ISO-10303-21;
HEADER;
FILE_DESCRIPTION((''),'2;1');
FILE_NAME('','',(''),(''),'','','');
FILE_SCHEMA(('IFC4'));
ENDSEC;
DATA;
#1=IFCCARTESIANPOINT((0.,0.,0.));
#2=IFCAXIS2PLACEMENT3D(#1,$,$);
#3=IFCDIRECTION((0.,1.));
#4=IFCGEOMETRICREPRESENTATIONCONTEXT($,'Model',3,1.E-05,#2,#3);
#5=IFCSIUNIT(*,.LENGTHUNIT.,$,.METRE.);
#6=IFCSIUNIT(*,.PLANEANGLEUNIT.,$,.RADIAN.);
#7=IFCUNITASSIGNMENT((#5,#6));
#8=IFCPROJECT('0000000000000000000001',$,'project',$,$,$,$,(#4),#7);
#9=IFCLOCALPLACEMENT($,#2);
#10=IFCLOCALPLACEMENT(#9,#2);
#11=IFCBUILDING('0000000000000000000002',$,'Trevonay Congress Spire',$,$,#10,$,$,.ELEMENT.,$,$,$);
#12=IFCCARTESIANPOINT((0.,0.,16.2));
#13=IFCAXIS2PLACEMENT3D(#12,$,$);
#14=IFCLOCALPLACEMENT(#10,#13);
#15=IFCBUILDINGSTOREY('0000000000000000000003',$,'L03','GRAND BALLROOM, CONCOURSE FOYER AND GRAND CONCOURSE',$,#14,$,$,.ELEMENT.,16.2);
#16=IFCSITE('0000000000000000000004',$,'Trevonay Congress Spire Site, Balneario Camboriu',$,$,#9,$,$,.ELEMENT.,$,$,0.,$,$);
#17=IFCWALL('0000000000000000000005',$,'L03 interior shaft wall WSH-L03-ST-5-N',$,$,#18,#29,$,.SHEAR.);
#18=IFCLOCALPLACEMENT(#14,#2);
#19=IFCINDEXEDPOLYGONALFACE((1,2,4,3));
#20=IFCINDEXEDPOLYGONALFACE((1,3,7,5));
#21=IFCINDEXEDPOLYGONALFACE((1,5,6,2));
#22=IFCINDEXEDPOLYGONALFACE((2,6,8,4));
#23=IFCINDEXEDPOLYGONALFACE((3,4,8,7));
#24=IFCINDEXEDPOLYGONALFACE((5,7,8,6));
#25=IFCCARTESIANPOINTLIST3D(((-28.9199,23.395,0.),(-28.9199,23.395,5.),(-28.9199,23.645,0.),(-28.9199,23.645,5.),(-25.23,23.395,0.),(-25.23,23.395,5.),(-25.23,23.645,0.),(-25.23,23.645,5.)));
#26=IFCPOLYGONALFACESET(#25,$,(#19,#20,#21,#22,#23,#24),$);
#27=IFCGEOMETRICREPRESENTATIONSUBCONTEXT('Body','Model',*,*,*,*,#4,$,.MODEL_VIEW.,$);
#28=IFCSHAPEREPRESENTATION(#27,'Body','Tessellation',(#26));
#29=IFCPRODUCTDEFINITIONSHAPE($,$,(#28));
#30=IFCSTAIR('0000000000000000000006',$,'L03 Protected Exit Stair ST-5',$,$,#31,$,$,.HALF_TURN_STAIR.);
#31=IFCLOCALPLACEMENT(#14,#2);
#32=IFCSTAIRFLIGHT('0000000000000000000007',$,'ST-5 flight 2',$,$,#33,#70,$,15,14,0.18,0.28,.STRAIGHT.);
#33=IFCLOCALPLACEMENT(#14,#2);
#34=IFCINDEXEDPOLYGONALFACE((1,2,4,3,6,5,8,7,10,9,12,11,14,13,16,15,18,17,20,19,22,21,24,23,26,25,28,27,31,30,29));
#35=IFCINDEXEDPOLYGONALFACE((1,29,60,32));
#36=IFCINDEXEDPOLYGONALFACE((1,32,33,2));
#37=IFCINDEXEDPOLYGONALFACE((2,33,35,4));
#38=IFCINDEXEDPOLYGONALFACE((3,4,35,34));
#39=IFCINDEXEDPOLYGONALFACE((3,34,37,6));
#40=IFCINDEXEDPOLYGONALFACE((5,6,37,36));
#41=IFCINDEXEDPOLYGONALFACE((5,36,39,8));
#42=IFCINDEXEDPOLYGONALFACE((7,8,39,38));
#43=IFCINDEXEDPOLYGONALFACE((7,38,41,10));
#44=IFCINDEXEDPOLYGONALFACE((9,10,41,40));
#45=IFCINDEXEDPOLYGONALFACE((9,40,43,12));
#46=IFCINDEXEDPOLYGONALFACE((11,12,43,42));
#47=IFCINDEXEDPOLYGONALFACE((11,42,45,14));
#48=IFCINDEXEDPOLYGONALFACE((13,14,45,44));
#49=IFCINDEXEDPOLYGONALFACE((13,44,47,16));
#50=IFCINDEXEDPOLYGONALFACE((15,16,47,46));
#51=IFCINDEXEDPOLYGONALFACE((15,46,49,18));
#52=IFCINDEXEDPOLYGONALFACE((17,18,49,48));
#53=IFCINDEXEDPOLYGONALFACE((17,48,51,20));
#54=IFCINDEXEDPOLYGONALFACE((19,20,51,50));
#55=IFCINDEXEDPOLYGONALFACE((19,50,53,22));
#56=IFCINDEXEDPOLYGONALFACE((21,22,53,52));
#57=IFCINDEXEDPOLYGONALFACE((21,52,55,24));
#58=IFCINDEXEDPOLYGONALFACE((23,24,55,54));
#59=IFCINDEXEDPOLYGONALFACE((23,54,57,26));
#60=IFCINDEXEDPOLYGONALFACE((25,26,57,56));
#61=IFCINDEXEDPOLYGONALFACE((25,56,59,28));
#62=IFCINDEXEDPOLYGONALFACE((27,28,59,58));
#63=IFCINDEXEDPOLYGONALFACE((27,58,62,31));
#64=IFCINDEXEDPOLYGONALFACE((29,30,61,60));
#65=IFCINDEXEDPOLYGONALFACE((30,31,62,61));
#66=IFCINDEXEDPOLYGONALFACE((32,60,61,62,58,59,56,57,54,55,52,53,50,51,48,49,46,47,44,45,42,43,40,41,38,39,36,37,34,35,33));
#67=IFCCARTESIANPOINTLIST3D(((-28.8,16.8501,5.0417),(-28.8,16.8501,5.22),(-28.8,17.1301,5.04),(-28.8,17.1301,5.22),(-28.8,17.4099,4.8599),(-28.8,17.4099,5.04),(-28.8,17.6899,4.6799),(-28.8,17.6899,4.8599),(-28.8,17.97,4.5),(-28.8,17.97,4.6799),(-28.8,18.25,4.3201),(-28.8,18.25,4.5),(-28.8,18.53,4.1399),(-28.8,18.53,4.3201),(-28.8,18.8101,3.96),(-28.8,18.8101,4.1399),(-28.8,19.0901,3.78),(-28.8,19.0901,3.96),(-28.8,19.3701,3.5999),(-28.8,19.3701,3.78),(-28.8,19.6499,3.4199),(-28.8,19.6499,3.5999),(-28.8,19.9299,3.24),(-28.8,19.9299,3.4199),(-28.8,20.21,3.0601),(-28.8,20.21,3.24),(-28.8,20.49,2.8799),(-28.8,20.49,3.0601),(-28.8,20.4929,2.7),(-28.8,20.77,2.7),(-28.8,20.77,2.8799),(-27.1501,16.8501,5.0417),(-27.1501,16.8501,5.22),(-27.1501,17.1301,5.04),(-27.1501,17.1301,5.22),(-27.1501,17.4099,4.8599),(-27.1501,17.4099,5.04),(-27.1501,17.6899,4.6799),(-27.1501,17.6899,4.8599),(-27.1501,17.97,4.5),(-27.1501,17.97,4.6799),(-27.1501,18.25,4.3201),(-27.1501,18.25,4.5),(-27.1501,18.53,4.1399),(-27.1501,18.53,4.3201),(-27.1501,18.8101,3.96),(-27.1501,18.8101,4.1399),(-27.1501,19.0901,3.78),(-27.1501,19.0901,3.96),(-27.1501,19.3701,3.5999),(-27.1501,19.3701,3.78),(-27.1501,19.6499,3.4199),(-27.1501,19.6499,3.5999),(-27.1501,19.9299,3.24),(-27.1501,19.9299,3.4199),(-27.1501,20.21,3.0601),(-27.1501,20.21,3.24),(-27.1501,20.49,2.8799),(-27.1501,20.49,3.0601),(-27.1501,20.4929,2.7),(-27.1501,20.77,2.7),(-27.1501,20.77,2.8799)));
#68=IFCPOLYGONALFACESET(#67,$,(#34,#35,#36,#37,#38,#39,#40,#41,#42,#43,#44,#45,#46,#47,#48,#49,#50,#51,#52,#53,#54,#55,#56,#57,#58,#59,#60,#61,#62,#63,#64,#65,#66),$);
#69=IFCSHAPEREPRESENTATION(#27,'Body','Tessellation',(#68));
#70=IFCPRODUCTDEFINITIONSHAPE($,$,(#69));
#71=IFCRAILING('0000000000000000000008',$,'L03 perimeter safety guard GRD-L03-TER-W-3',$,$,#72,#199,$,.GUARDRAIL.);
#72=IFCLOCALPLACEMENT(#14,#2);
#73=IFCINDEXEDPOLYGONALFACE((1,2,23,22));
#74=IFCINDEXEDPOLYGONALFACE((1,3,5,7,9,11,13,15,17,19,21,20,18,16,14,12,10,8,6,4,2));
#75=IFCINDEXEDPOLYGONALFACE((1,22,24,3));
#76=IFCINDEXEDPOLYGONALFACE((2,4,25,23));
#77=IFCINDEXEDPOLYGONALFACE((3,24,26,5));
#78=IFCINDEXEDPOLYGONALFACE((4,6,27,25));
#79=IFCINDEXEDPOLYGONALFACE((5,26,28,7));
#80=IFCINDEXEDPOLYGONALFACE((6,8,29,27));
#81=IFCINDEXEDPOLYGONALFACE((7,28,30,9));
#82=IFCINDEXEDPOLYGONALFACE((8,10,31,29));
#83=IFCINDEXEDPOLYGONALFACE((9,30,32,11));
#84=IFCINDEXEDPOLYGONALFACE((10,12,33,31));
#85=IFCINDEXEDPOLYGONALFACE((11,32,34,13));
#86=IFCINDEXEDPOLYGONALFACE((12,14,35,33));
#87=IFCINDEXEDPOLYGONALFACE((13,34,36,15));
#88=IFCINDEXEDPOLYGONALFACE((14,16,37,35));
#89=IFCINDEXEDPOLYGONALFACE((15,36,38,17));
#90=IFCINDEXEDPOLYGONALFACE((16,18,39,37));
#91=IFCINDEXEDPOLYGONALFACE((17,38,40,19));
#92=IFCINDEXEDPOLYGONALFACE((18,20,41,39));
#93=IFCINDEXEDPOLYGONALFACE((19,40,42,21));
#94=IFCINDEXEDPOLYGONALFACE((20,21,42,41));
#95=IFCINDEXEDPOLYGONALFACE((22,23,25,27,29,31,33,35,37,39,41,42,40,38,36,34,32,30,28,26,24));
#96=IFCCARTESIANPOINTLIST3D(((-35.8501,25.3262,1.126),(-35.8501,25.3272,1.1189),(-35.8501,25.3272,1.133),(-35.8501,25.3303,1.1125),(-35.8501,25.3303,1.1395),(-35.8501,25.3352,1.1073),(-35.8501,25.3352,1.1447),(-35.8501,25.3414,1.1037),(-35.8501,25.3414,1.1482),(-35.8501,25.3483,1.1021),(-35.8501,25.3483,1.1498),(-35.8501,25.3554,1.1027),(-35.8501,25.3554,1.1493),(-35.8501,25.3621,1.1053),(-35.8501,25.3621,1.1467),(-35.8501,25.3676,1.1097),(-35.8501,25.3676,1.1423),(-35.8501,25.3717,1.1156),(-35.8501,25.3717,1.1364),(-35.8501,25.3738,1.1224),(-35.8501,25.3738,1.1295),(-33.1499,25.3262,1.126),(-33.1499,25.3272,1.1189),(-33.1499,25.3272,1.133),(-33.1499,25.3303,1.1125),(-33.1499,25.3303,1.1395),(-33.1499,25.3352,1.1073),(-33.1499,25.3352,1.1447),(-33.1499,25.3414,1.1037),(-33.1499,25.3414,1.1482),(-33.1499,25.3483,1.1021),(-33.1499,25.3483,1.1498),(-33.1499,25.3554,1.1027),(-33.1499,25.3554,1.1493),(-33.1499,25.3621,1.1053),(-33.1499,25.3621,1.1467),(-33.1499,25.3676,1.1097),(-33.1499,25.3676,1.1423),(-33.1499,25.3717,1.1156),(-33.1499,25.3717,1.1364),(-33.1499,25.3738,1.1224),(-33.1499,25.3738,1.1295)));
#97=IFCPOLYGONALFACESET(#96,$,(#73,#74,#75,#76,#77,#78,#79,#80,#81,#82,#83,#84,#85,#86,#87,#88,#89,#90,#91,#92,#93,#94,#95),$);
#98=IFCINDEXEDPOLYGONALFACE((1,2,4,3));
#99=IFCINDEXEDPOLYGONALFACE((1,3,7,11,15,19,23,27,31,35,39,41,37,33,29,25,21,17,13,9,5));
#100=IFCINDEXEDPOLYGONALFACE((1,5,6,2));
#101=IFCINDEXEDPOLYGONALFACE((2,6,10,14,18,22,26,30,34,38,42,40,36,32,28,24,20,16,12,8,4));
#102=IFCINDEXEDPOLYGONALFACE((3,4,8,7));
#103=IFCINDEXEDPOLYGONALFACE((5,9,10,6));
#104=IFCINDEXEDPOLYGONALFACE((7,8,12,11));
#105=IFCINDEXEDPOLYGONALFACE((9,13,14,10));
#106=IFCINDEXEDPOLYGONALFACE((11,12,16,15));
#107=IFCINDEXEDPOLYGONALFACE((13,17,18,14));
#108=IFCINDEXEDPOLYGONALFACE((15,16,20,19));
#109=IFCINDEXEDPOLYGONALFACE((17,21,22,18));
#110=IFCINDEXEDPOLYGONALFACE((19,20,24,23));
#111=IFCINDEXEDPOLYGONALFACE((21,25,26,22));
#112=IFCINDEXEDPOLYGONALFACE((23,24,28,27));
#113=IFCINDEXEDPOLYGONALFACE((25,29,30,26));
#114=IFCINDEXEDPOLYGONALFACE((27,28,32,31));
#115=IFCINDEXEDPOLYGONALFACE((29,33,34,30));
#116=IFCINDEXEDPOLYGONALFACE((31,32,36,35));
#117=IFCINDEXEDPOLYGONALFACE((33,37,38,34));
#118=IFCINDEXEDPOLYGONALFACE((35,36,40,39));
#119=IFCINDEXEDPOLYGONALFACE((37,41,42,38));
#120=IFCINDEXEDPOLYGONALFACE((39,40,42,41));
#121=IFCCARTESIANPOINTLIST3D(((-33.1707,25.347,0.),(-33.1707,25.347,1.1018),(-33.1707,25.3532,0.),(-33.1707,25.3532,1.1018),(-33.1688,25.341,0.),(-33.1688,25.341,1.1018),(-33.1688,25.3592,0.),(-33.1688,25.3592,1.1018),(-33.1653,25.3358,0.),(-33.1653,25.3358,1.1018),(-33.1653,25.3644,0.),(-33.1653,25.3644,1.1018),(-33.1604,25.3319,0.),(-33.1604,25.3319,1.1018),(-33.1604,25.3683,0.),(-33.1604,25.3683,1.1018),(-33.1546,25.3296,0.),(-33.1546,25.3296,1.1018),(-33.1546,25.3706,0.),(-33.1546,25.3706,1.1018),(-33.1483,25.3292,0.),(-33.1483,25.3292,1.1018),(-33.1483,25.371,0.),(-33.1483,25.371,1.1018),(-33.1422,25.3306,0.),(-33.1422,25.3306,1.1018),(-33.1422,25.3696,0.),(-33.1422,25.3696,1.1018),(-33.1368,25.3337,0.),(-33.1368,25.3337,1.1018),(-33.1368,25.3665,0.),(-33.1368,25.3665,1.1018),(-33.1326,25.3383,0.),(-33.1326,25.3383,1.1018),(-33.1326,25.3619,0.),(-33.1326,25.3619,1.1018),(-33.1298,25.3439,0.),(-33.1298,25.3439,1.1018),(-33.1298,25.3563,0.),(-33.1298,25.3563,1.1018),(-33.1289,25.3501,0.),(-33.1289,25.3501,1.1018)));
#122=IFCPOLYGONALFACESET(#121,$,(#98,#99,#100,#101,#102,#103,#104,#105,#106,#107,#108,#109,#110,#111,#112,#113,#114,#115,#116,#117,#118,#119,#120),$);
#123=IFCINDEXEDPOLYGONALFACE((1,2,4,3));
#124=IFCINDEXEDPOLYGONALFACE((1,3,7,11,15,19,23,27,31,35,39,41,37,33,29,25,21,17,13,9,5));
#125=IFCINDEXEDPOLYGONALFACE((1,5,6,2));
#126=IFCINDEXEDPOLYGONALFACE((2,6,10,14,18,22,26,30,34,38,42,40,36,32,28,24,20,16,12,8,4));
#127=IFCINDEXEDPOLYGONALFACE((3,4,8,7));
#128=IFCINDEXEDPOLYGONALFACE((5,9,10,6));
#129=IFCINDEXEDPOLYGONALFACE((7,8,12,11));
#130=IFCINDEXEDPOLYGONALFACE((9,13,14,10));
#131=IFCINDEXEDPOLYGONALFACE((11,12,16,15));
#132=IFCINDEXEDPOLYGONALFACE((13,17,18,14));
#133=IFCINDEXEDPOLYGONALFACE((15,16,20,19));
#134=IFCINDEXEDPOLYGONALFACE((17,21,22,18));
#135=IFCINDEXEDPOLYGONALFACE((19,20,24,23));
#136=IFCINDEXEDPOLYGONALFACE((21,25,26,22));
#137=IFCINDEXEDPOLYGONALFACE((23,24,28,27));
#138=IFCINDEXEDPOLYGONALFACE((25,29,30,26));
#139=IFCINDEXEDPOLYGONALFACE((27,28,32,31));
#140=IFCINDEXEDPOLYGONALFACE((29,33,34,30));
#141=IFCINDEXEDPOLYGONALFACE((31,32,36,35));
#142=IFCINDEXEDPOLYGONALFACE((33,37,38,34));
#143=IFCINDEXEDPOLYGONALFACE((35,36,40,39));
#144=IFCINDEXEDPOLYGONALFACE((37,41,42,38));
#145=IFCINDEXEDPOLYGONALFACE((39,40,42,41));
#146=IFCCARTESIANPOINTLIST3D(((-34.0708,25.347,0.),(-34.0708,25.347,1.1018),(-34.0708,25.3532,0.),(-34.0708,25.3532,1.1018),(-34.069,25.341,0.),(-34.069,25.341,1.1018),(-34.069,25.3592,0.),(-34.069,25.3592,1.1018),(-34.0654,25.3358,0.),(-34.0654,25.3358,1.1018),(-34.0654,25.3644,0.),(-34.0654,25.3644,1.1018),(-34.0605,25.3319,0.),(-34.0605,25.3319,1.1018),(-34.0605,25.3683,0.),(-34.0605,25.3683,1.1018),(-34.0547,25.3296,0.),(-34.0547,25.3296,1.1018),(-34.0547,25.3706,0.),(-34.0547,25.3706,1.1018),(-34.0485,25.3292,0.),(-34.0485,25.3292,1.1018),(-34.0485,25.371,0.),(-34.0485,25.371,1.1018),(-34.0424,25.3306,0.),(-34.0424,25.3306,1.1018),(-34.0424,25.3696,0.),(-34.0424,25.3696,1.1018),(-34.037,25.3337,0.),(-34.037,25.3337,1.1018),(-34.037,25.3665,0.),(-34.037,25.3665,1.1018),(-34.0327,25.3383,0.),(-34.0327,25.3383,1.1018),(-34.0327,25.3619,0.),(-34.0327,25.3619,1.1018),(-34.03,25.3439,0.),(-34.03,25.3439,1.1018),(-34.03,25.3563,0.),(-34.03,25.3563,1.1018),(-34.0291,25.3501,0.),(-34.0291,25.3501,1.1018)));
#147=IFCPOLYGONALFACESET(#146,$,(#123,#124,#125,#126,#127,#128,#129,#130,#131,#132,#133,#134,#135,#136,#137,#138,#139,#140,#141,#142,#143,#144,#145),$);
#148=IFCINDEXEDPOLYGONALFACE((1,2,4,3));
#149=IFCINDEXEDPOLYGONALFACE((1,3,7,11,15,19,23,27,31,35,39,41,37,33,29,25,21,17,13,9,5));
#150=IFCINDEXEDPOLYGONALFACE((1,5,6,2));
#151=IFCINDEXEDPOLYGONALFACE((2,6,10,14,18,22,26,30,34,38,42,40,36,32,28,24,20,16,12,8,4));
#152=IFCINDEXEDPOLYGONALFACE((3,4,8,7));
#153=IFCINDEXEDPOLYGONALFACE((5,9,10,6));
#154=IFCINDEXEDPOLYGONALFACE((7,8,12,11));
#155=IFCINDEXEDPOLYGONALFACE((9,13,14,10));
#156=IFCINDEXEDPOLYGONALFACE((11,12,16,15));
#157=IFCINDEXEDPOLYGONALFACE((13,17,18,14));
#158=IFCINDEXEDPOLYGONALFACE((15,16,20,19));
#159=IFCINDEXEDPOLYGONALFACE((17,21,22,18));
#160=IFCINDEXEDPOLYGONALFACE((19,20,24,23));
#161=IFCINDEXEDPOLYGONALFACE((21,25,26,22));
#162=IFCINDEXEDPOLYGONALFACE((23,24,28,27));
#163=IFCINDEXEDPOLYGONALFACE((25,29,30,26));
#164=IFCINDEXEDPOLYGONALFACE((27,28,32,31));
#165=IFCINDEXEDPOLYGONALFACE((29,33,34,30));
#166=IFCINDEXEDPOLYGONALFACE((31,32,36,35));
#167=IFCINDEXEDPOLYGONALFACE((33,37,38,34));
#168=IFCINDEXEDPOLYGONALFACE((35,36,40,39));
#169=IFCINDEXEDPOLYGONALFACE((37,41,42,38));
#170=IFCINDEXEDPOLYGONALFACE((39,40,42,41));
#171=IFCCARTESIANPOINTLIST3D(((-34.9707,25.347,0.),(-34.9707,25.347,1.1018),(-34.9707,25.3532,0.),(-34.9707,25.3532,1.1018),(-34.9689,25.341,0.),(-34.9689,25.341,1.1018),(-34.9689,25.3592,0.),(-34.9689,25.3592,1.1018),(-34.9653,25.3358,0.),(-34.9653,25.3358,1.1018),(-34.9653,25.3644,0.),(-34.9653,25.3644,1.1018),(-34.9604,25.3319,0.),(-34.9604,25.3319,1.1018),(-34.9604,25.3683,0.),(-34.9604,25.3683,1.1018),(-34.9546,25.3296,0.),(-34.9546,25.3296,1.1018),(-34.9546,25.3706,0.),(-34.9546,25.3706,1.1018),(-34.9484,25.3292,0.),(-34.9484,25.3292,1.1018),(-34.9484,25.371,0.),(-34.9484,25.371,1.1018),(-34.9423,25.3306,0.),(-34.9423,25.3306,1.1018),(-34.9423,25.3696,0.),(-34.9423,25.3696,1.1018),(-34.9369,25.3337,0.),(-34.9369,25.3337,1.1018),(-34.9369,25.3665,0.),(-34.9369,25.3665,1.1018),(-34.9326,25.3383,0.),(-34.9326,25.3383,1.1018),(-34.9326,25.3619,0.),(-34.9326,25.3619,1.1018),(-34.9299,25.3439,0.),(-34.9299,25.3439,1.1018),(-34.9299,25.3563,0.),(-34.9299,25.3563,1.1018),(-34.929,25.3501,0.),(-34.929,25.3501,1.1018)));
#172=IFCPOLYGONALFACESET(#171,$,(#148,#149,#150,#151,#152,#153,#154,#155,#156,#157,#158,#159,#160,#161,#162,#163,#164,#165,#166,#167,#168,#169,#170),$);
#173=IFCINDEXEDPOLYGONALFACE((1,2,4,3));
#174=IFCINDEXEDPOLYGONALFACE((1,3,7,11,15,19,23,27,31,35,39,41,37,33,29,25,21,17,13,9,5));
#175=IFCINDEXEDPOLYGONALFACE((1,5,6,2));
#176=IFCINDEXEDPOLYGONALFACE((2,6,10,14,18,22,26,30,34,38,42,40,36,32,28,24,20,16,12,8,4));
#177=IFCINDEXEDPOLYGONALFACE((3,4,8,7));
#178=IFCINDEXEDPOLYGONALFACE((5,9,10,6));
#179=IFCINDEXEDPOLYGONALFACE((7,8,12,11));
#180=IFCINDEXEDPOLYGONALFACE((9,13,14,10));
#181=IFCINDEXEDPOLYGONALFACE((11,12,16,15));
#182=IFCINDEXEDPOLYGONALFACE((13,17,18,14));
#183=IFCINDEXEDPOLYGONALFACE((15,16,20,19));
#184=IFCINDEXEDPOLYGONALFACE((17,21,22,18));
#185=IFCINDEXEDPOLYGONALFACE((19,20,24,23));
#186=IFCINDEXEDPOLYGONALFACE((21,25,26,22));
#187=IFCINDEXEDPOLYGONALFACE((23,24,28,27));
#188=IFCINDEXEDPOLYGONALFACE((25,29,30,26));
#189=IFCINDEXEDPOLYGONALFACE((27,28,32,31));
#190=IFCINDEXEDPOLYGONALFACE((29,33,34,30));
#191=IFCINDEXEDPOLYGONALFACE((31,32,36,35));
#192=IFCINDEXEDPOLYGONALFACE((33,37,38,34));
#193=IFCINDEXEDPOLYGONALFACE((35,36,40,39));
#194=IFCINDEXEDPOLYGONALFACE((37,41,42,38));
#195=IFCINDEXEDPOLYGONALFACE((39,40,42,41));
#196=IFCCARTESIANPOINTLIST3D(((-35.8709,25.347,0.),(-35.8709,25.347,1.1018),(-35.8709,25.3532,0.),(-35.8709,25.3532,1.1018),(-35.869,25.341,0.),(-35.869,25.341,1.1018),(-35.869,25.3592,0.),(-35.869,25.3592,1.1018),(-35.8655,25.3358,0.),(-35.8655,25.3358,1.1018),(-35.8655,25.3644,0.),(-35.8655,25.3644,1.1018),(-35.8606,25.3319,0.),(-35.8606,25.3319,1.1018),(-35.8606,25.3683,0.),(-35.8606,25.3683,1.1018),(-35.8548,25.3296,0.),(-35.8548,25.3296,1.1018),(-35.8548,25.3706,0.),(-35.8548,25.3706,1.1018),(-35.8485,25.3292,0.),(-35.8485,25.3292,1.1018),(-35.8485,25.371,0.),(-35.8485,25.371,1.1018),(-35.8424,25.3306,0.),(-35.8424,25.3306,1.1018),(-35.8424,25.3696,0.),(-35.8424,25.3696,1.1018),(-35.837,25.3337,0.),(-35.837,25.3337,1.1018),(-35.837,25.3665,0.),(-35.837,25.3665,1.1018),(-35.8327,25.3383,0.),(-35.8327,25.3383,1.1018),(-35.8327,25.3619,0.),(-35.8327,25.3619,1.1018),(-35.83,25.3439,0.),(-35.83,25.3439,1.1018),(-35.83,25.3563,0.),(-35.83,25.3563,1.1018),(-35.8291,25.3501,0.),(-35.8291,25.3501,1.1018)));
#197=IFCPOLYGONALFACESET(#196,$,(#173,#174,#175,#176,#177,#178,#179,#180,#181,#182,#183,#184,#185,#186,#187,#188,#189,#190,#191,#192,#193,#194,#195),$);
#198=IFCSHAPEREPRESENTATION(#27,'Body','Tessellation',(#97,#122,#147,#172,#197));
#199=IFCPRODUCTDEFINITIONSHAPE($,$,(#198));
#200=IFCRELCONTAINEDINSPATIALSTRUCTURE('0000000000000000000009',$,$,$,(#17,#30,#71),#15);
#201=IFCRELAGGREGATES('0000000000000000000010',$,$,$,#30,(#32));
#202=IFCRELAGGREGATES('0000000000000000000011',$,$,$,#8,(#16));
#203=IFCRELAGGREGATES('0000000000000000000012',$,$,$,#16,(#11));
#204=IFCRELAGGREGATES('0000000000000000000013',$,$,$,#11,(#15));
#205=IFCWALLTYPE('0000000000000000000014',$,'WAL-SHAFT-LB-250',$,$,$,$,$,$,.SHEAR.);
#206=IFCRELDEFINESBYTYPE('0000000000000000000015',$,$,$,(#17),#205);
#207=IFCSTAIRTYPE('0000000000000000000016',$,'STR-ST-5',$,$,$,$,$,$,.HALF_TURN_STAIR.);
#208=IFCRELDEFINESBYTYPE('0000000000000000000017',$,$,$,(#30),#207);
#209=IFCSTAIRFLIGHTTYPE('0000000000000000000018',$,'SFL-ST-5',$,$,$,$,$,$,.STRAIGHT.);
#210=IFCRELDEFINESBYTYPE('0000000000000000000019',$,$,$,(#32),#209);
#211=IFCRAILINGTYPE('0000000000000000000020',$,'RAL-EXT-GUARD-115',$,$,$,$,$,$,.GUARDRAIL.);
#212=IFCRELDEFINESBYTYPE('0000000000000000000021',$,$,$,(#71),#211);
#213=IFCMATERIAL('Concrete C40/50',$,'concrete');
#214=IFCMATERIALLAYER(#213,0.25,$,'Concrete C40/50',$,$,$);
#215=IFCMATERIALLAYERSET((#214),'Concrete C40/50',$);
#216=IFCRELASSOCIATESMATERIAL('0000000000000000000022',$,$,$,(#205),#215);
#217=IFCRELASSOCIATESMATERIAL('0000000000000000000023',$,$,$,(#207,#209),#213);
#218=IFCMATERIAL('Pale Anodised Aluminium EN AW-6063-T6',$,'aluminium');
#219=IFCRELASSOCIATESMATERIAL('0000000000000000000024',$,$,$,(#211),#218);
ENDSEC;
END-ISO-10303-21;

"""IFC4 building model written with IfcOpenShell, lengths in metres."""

from ifc_helpers import new_model, si_unit, direction, frame, frame_2d, origin, origin_2d, place, context, subcontext, project, spatial, polyline, rectangle, circle, outline, extrude, material, layer, layer_set, type_object, element, aggregate, save


model = new_model("IFC4")

# Units and contexts
model_context = context("Model", 3, precision=1e-05, world=origin(), true_north=direction((0.0, 1.0)))
body_context = subcontext(model_context, "Body", "Model", "MODEL_VIEW")
ifc_project = project(units=[si_unit("LENGTHUNIT", "METRE"), si_unit("PLANEANGLEUNIT", "RADIAN")], contexts=[model_context])

# Site, building, storey
site_placement = place(None, origin())
site = spatial("IfcSite", under=ifc_project, at=site_placement, Name="Trevonay Congress Spire Site, Balneario Camboriu", CompositionType="ELEMENT", RefElevation=0.0)
building_placement = place(site_placement, origin())
building = spatial("IfcBuilding", under=site, at=building_placement, Name="Trevonay Congress Spire", CompositionType="ELEMENT")
storey_placement = place(building_placement, frame((0.0, 0.0, 16.2)))
storey = spatial("IfcBuildingStorey", under=building, at=storey_placement, Name="L03", Description="GRAND BALLROOM, CONCOURSE FOYER AND GRAND CONCOURSE", CompositionType="ELEMENT", Elevation=16.2)

# Shared definitions
ifc_material_1 = material(Name="Pale Anodised Aluminium EN AW-6063-T6", Category="aluminium")

# Wall
ifc_material_2 = material(Name="Concrete C40/50", Category="concrete")
ifc_layer_1 = layer(ifc_material_2, 0.25, Name="Concrete C40/50")
ifc_layer_set_1 = layer_set([ifc_layer_1], Name="Concrete C40/50")
wall_type = type_object("IfcWallType", Name="WAL-SHAFT-LB-250", PredefinedType="SHEAR", material=ifc_layer_set_1)
wall_placement = place(storey_placement, frame((-28.9199, 23.52, 0.0), z_axis=(0.0, 0.0, 1.0), x_axis=(1.0, 0.0, 0.0)))
element("IfcWall", 1, at=wall_placement, inside=storey, type_object=wall_type, Name="L03 interior shaft wall WSH-L03-ST-5-N", PredefinedType="SHEAR", context=body_context, shape_type="SweptSolid", body=[
    extrude(rectangle(XDim=3.6899, YDim=0.25, at=frame_2d((1.845, 0.0))), origin(), (0.0, 0.0, 1.0), 5.0),
])

# Stair, stair flight
stair_type = type_object("IfcStairType", Name="STR-ST-5", PredefinedType="HALF_TURN_STAIR", material=ifc_material_2)
stair_placement = place(storey_placement, origin())
stair = element("IfcStair", 2, at=stair_placement, inside=storey, type_object=stair_type, Name="L03 Protected Exit Stair ST-5", PredefinedType="HALF_TURN_STAIR")
stair_flight_type = type_object("IfcStairFlightType", Name="SFL-ST-5", PredefinedType="STRAIGHT", material=ifc_material_2)
stair_flight_placement = place(storey_placement, frame((-27.9751, 20.77, 2.7), z_axis=(0.0, 0.0, 1.0), x_axis=(0.0, -1.0, 0.0)))
stair_flight = element("IfcStairFlight", 3, at=stair_flight_placement, type_object=stair_flight_type, Name="ST-5 flight 2", NumberOfRisers=15, NumberOfTreads=14, PredefinedType="STRAIGHT", RiserHeight=0.18, TreadLength=0.28, context=body_context, shape_type="SweptSolid", body=[
    extrude(outline(polyline([(0.0, 0.0), (0.0, 0.1799), (0.28, 0.1799), (0.28, 0.3601), (0.5601, 0.3601), (0.5601, 0.54), (0.8401, 0.54), (0.8401, 0.72), (1.1201, 0.72), (1.1201, 0.8999), (1.3999, 0.8999), (1.3999, 1.0801), (1.6799, 1.0801), (1.6799, 1.26), (1.96, 1.26), (1.96, 1.4399), (2.24, 1.4399), (2.24, 1.6201), (2.52, 1.6201), (2.52, 1.8), (2.8, 1.8), (2.8, 1.98), (3.0801, 1.98), (3.0801, 2.1599), (3.3601, 2.1599), (3.3601, 2.3401), (3.6399, 2.3401), (3.6399, 2.52), (3.9199, 2.52), (3.9199, 2.7), (3.9199, 2.3418), (0.2771, 0.0), (0.0, 0.0)])), frame((0.0, 0.825, 0.0), z_axis=(0.0, -1.0, 0.0), x_axis=(1.0, 0.0, 0.0)), (0.0, 0.0, 1.0), 1.6499),
])
aggregate(stair, [stair_flight])

# Railing
railing_type_1 = type_object("IfcRailingType", Name="RAL-EXT-GUARD-115", PredefinedType="GUARDRAIL", material=ifc_material_1)
railing_1_placement = place(storey_placement, frame((-33.1499, 25.3501, 0.0)))
element("IfcRailing", 4, at=railing_1_placement, inside=storey, type_object=railing_type_1, Name="L03 perimeter safety guard GRD-L03-TER-W-3", PredefinedType="GUARDRAIL", context=body_context, shape_type="SweptSolid", body=[
    extrude(circle(Radius=0.0239, at=origin_2d()), frame((0.0, 0.0, 1.126), z_axis=(-1.0, 0.0, 0.0), x_axis=(0.0, -1.0, 0.0)), (0.0, 0.0, 1.0), 2.7002),
    extrude(circle(Radius=0.021, at=origin_2d()), origin(), (0.0, 0.0, 1.0), 1.1018),
    extrude(circle(Radius=0.021, at=origin_2d()), frame((-0.9001, 0.0, 0.0)), (0.0, 0.0, 1.0), 1.1018),
    extrude(circle(Radius=0.021, at=origin_2d()), frame((-1.8, 0.0, 0.0)), (0.0, 0.0, 1.0), 1.1018),
    extrude(circle(Radius=0.021, at=origin_2d()), frame((-2.7002, 0.0, 0.0)), (0.0, 0.0, 1.0), 1.1018),
])

save(model, "model.ifc")
